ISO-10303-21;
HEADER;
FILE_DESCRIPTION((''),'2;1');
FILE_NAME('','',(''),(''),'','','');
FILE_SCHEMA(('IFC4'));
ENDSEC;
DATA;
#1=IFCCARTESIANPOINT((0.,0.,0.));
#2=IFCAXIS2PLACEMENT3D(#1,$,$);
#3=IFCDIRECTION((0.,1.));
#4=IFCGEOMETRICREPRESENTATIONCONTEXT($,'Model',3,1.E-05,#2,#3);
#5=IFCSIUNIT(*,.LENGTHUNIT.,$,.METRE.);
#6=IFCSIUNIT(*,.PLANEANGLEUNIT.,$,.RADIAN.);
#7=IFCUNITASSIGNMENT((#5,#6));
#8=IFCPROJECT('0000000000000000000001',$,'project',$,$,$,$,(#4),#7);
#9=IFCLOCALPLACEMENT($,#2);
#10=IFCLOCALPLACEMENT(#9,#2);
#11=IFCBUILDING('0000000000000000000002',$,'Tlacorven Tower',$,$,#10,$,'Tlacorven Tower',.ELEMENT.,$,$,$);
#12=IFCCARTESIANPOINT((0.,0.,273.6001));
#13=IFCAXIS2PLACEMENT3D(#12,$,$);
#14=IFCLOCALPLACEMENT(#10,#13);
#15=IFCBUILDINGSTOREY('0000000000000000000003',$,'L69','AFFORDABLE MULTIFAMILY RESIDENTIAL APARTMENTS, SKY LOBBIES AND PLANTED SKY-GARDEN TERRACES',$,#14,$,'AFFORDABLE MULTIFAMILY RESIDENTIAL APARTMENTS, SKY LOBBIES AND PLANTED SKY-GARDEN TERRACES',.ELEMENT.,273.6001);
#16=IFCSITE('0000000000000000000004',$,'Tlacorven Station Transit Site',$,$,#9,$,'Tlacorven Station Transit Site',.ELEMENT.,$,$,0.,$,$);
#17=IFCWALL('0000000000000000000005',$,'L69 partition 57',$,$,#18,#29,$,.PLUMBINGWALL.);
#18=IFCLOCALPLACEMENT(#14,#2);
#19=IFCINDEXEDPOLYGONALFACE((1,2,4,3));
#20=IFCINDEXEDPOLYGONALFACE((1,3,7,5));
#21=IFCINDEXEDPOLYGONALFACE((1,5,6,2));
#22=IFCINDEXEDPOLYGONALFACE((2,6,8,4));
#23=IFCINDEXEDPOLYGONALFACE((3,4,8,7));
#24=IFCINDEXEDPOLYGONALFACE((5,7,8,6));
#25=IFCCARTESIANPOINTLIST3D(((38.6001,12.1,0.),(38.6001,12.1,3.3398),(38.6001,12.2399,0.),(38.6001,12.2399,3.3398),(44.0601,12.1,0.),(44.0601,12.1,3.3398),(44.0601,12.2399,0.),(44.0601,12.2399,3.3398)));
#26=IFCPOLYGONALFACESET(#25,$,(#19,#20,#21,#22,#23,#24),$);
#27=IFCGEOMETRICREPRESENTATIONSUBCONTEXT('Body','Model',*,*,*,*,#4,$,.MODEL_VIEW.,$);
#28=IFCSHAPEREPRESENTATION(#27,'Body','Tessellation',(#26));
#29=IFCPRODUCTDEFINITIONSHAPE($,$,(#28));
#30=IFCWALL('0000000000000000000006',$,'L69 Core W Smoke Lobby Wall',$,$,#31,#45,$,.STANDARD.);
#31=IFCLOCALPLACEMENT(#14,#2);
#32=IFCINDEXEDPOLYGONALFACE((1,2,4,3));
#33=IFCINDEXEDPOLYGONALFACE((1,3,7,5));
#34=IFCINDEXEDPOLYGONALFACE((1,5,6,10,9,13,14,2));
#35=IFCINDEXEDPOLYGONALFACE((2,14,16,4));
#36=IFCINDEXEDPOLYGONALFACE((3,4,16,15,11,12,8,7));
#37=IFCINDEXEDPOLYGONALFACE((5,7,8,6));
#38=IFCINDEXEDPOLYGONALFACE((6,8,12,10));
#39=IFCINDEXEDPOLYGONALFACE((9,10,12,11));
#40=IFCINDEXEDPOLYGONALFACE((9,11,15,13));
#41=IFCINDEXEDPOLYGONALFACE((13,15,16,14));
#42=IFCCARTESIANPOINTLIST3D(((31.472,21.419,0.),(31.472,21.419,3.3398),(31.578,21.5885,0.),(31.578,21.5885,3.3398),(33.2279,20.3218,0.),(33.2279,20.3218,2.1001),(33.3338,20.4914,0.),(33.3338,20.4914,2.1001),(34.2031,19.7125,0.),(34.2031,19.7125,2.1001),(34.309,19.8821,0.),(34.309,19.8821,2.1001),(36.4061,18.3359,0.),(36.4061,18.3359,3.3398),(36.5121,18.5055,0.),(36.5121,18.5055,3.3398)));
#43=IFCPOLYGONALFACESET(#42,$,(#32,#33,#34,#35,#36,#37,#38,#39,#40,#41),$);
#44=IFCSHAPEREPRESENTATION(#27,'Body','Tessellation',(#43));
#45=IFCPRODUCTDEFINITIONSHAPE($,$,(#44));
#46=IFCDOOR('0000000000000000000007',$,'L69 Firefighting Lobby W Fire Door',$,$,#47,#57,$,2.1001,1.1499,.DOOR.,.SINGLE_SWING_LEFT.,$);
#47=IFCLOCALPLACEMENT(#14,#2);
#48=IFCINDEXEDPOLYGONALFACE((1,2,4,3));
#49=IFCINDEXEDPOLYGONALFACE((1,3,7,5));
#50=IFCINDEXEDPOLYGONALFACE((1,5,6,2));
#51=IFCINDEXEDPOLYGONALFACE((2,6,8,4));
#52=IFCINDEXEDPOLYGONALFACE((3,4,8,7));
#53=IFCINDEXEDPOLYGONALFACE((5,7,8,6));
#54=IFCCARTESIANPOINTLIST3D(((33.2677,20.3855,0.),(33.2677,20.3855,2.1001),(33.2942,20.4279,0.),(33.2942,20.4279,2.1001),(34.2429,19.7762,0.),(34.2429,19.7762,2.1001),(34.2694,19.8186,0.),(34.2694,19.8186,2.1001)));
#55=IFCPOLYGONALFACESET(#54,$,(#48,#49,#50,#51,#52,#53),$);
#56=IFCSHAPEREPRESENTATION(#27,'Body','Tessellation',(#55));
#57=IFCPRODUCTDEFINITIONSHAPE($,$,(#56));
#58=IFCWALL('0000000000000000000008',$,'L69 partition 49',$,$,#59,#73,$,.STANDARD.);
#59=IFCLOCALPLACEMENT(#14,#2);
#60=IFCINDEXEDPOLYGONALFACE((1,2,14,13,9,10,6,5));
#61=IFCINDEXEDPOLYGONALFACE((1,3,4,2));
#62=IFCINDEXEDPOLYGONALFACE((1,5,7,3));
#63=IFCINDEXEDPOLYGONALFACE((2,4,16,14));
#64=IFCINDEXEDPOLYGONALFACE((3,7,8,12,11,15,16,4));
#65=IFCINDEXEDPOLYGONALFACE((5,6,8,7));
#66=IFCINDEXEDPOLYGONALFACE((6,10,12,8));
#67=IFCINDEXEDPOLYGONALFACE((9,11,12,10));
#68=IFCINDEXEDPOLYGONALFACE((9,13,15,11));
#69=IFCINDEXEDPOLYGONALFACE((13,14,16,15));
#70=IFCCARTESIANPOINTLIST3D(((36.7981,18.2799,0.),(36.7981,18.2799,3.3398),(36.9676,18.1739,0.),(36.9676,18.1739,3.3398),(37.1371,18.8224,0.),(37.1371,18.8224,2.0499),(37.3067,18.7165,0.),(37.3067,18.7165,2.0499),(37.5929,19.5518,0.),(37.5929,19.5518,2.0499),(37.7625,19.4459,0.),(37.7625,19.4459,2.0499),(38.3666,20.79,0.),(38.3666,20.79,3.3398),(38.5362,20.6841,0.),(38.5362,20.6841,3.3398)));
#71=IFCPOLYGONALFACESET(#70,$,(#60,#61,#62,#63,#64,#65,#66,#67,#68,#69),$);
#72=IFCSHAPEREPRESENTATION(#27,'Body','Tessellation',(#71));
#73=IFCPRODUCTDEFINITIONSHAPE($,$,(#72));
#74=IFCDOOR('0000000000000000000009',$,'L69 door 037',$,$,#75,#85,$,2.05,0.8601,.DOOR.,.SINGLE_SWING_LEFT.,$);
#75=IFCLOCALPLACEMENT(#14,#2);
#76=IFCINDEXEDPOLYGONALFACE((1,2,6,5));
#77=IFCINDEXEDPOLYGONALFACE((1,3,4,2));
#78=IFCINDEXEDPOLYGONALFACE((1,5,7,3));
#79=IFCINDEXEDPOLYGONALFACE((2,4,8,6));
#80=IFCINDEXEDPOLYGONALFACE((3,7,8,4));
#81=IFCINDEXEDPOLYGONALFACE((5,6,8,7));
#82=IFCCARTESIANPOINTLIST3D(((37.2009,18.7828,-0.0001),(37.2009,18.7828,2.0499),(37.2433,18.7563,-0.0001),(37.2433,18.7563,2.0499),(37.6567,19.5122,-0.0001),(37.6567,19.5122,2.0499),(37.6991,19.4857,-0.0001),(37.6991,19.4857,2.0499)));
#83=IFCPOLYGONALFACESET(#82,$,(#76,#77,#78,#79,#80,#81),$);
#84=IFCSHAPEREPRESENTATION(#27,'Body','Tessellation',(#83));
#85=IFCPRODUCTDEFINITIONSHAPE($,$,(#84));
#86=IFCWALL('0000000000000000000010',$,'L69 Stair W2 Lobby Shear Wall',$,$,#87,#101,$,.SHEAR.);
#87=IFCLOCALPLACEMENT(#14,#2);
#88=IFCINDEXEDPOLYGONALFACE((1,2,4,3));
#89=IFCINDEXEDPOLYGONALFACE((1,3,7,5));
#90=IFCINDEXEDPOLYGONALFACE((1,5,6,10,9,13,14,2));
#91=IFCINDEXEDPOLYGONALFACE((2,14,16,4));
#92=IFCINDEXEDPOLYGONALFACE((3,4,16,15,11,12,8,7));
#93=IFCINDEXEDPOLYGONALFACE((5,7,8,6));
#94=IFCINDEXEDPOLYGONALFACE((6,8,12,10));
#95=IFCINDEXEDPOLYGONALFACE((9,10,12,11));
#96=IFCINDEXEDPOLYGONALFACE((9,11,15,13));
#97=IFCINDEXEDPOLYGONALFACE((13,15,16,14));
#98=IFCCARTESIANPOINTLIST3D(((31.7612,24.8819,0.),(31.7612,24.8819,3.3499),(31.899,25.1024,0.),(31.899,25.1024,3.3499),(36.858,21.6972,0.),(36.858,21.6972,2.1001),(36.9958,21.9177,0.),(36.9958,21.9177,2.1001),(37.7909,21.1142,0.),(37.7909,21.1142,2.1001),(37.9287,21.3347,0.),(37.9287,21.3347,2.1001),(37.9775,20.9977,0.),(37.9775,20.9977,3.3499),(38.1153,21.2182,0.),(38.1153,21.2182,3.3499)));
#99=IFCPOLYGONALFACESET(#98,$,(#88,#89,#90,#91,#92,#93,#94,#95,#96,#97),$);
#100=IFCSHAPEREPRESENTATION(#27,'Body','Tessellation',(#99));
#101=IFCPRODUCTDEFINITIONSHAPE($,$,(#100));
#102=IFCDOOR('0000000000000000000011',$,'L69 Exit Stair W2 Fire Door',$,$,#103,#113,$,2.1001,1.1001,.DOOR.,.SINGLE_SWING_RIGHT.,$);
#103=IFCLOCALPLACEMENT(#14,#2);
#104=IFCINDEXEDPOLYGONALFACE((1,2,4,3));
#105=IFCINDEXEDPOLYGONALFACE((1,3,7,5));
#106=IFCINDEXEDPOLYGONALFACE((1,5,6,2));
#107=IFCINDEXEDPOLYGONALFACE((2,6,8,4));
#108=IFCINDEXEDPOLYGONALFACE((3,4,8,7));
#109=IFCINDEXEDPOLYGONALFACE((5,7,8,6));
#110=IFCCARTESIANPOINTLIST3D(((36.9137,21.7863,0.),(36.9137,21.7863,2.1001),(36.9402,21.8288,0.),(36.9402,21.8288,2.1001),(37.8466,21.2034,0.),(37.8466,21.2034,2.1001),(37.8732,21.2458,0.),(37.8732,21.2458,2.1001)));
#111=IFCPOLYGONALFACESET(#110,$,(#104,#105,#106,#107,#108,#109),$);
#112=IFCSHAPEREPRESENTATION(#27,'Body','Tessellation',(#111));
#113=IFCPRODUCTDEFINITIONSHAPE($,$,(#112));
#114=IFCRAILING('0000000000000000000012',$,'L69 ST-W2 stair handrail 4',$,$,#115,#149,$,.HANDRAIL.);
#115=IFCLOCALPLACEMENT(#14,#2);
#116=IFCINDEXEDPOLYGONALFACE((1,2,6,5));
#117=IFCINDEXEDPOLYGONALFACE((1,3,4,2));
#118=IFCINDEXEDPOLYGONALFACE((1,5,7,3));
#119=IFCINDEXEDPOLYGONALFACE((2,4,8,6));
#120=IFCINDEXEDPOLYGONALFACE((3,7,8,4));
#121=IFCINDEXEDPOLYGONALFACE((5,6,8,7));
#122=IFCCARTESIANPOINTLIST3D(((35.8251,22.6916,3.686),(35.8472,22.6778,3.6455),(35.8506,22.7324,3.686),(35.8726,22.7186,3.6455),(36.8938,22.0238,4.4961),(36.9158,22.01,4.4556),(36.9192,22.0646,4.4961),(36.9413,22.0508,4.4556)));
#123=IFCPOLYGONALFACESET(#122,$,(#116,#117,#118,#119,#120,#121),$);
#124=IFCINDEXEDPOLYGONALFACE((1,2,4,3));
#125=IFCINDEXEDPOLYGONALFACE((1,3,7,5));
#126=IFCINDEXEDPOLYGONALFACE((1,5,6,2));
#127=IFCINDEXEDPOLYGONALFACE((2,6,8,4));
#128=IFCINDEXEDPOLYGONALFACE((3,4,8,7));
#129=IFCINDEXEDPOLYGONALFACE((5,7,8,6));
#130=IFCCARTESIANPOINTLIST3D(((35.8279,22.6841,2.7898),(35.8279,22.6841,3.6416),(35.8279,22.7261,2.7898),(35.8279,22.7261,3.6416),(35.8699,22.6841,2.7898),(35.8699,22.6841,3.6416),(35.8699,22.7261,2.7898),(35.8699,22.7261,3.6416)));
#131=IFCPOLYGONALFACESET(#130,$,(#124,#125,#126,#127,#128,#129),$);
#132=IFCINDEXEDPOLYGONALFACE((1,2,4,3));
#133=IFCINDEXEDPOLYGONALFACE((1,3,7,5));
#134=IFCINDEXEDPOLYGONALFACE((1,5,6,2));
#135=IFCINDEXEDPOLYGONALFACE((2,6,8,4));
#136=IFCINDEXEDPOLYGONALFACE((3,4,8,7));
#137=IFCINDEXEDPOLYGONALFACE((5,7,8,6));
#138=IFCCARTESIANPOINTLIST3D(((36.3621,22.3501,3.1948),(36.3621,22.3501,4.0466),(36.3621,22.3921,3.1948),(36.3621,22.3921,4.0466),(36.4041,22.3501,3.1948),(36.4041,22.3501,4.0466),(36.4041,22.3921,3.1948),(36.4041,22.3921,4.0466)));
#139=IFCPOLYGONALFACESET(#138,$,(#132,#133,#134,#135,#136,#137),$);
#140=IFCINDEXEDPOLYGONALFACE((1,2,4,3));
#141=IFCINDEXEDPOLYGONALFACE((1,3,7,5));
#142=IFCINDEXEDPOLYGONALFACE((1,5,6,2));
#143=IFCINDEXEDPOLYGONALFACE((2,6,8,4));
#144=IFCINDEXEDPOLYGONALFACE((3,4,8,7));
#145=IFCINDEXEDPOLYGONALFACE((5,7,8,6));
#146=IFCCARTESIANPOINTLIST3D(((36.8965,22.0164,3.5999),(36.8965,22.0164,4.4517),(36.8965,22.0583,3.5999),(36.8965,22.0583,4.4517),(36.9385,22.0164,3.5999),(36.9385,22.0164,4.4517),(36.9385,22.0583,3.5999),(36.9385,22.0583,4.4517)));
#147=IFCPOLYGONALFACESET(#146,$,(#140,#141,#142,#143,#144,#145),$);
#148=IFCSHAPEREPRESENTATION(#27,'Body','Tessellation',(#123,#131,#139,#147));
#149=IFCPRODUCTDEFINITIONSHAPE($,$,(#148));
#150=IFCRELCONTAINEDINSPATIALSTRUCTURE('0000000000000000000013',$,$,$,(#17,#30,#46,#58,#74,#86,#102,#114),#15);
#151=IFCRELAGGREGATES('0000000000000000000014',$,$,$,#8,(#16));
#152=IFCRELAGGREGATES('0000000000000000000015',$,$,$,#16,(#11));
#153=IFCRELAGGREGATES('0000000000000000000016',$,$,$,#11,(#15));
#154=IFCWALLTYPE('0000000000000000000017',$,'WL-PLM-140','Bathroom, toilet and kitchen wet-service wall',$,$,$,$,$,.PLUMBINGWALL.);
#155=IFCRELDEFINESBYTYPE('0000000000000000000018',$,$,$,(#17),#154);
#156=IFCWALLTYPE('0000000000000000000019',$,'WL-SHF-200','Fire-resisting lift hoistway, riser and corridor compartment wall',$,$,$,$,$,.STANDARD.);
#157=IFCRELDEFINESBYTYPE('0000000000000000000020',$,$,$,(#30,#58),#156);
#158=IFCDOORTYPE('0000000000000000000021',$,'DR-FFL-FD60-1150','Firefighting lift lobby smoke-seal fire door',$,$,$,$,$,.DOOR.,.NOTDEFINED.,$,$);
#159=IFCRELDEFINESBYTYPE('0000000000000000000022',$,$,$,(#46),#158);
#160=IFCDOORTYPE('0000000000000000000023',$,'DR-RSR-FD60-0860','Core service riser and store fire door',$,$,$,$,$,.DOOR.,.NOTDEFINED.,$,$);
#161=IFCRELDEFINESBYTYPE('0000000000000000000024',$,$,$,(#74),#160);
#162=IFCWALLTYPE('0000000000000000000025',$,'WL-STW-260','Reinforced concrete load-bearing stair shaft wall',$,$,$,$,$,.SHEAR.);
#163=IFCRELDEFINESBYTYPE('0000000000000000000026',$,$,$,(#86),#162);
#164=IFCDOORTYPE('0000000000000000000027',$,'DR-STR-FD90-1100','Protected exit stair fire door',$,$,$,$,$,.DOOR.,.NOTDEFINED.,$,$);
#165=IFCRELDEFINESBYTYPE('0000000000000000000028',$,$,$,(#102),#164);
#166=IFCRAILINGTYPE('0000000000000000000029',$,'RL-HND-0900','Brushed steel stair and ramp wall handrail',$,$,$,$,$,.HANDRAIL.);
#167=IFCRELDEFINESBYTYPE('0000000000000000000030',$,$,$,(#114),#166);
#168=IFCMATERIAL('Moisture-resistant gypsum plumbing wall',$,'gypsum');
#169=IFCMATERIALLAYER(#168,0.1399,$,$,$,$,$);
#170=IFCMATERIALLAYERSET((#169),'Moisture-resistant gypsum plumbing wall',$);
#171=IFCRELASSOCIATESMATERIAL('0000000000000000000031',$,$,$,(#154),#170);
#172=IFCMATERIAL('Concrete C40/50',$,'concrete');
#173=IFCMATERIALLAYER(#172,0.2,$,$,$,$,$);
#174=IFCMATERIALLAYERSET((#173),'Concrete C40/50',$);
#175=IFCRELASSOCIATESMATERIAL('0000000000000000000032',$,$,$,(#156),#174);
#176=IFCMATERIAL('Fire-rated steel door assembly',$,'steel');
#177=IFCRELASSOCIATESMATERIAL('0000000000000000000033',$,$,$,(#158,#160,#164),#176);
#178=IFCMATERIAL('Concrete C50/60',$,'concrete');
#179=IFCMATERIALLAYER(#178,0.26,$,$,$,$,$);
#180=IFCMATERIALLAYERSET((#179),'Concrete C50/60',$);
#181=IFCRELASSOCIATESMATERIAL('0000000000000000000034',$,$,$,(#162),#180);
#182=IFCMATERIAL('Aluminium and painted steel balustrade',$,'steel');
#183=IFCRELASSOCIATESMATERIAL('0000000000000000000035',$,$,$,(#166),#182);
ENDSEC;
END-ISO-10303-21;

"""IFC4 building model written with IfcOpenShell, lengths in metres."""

from ifc_helpers import new_model, si_unit, direction, frame, frame_2d, origin, origin_2d, place, context, subcontext, project, spatial, rectangle, extrude, source, transform, mapped, material, layer, layer_set, type_object, element, fill, save


model = new_model("IFC4")

# Units and contexts
model_context = context("Model", 3, precision=1e-05, world=origin(), true_north=direction((0.0, 1.0)))
body_context = subcontext(model_context, "Body", "Model", "MODEL_VIEW")
ifc_project = project(units=[si_unit("LENGTHUNIT", "METRE"), si_unit("PLANEANGLEUNIT", "RADIAN")], contexts=[model_context])

# Site, building, storey
site_placement = place(None, origin())
site = spatial("IfcSite", under=ifc_project, at=site_placement, Name="Tlacorven Station Transit Site", LongName="Tlacorven Station Transit Site", CompositionType="ELEMENT", RefElevation=0.0)
building_placement = place(site_placement, origin())
building = spatial("IfcBuilding", under=site, at=building_placement, Name="Tlacorven Tower", LongName="Tlacorven Tower", CompositionType="ELEMENT")
storey_placement = place(building_placement, frame((0.0, 0.0, 273.6001)))
storey = spatial("IfcBuildingStorey", under=building, at=storey_placement, Name="L69", Description="AFFORDABLE MULTIFAMILY RESIDENTIAL APARTMENTS, SKY LOBBIES AND PLANTED SKY-GARDEN TERRACES", LongName="AFFORDABLE MULTIFAMILY RESIDENTIAL APARTMENTS, SKY LOBBIES AND PLANTED SKY-GARDEN TERRACES", CompositionType="ELEMENT", Elevation=273.6001)

# Shared definitions
ifc_material_1 = material(Name="Concrete C50/60", Category="concrete")

# Shared definitions
ifc_material_2 = material(Name="Fire-rated steel door assembly", Category="steel")

# Wall
ifc_material_3 = material(Name="Moisture-resistant gypsum plumbing wall", Category="gypsum")
ifc_layer_1 = layer(ifc_material_3, 0.1399)
ifc_layer_set_1 = layer_set([ifc_layer_1], Name="Moisture-resistant gypsum plumbing wall")
wall_type_1 = type_object("IfcWallType", Name="WL-PLM-140", Description="Bathroom, toilet and kitchen wet-service wall", PredefinedType="PLUMBINGWALL", material=ifc_layer_set_1)
wall_1_placement = place(storey_placement, frame((38.6001, 12.1699, 0.0), z_axis=(0.0, 0.0, 1.0), x_axis=(1.0, 0.0, 0.0)))
element("IfcWall", 1, at=wall_1_placement, inside=storey, type_object=wall_type_1, Name="L69 partition 57", PredefinedType="PLUMBINGWALL", context=body_context, shape_type="SweptSolid", body=[
    extrude(rectangle(XDim=5.46, YDim=0.1399, at=frame_2d((2.73, 0.0))), origin(), (0.0, 0.0, 1.0), 3.3398),
])

# Walls, openings, doors
ifc_material_4 = material(Name="Concrete C40/50", Category="concrete")
ifc_layer_2 = layer(ifc_material_4, 0.2)
ifc_layer_set_2 = layer_set([ifc_layer_2], Name="Concrete C40/50")
wall_type_2 = type_object("IfcWallType", Name="WL-SHF-200", Description="Fire-resisting lift hoistway, riser and corridor compartment wall", PredefinedType="STANDARD", material=ifc_layer_set_2)
wall_2_placement = place(storey_placement, frame((36.4592, 18.4207, 0.0), z_axis=(0.0, 0.0, 1.0), x_axis=(-0.84806, 0.529901, 0.0)))
wall_2 = element("IfcWall", 2, at=wall_2_placement, inside=storey, type_object=wall_type_2, Name="L69 Core W Smoke Lobby Wall", PredefinedType="STANDARD", context=body_context, shape_type="SweptSolid", body=[
    extrude(rectangle(XDim=5.8181, YDim=0.2, at=frame_2d((2.9092, 0.0))), origin(), (0.0, 0.0, 1.0), 3.3398),
])
opening_1_placement = place(wall_2_placement, frame((2.5979, 0.0, 0.0)))
opening_1 = element("IfcOpeningElement", 3, at=opening_1_placement, cuts=wall_2, PredefinedType="OPENING", context=body_context, shape_type="SweptSolid", body=[
    extrude(rectangle(XDim=1.1499, YDim=2.1001, at=frame_2d((0.575, 1.05))), frame((0.0, 0.1099, 0.0), z_axis=(0.0, -1.0, 0.0), x_axis=(1.0, 0.0, 0.0)), (0.0, 0.0, 1.0), 0.22),
])
door_type_1 = type_object("IfcDoorType", Name="DR-FFL-FD60-1150", Description="Firefighting lift lobby smoke-seal fire door", OperationType="NOTDEFINED", PredefinedType="DOOR", material=ifc_material_2)
shared_shape_1 = source(origin(), body_context, "Body", "SweptSolid", [
    extrude(rectangle(XDim=1.1499, YDim=2.1001, at=frame_2d((0.575, 1.05))), frame((0.0, 0.0249, 0.0), z_axis=(0.0, -1.0, 0.0), x_axis=(1.0, 0.0, 0.0)), (0.0, 0.0, 1.0), 0.05),
])
door_1_placement = place(opening_1_placement, origin())
door_1 = element("IfcDoor", 4, at=door_1_placement, inside=storey, type_object=door_type_1, Name="L69 Firefighting Lobby W Fire Door", OperationType="SINGLE_SWING_LEFT", OverallHeight=2.1001, OverallWidth=1.1499, PredefinedType="DOOR", context=body_context, shape_type="MappedRepresentation", body=[
    mapped(shared_shape_1, transform((0.0, 0.0, 0.0), scale=1.0)),
])
fill(opening_1, door_1)
wall_3_placement = place(storey_placement, frame((38.4514, 20.7371, 0.0), z_axis=(0.0, 0.0, 1.0), x_axis=(-0.529925, -0.848045, 0.0)))
wall_3 = element("IfcWall", 5, at=wall_3_placement, inside=storey, type_object=wall_type_2, Name="L69 partition 49", PredefinedType="STANDARD", context=body_context, shape_type="SweptSolid", body=[
    extrude(rectangle(XDim=2.96, YDim=0.2, at=frame_2d((1.48, 0.0))), origin(), (0.0, 0.0, 1.0), 3.3398),
])
opening_2_placement = place(wall_3_placement, frame((1.46, 0.0, 0.0)))
opening_2 = element("IfcOpeningElement", 6, at=opening_2_placement, cuts=wall_3, PredefinedType="OPENING", context=body_context, shape_type="SweptSolid", body=[
    extrude(rectangle(XDim=0.8601, YDim=2.05, at=frame_2d((0.4302, 1.0249))), frame((0.0, 0.1099, 0.0), z_axis=(0.0, -1.0, 0.0), x_axis=(1.0, 0.0, 0.0)), (0.0, 0.0, 1.0), 0.22),
])
door_type_2 = type_object("IfcDoorType", Name="DR-RSR-FD60-0860", Description="Core service riser and store fire door", OperationType="NOTDEFINED", PredefinedType="DOOR", material=ifc_material_2)
shared_shape_2 = source(origin(), body_context, "Body", "SweptSolid", [
    extrude(rectangle(XDim=0.8601, YDim=2.05, at=frame_2d((0.4302, 1.0249))), frame((0.0, 0.0249, 0.0), z_axis=(0.0, -1.0, 0.0), x_axis=(1.0, 0.0, 0.0)), (0.0, 0.0, 1.0), 0.05),
])
door_2_placement = place(opening_2_placement, frame((0.8601, 0.0, 0.0), z_axis=(0.0, 0.0, 1.0), x_axis=(-1.0, 0.0, 0.0)))
door_2 = element("IfcDoor", 7, at=door_2_placement, inside=storey, type_object=door_type_2, Name="L69 door 037", OperationType="SINGLE_SWING_LEFT", OverallHeight=2.05, OverallWidth=0.8601, PredefinedType="DOOR", context=body_context, shape_type="MappedRepresentation", body=[
    mapped(shared_shape_2, transform((0.0, 0.0, 0.0), scale=1.0)),
])
fill(opening_2, door_2)
ifc_layer_3 = layer(ifc_material_1, 0.26)
ifc_layer_set_3 = layer_set([ifc_layer_3], Name="Concrete C50/60")
wall_type_3 = type_object("IfcWallType", Name="WL-STW-260", Description="Reinforced concrete load-bearing stair shaft wall", PredefinedType="SHEAR", material=ifc_layer_set_3)
wall_4_placement = place(storey_placement, frame((38.0464, 21.1079, 0.0), z_axis=(0.0, 0.0, 1.0), x_axis=(-0.848054, 0.529909, 0.0)))
wall_4 = element("IfcWall", 8, at=wall_4_placement, inside=storey, type_object=wall_type_3, Name="L69 Stair W2 Lobby Shear Wall", PredefinedType="SHEAR", context=body_context, shape_type="SweptSolid", body=[
    extrude(rectangle(XDim=7.3301, YDim=0.26, at=frame_2d((3.665, 0.0))), origin(), (0.0, 0.0, 1.0), 3.3499),
])
opening_3_placement = place(wall_4_placement, frame((0.22, 0.0, 0.0)))
opening_3 = element("IfcOpeningElement", 9, at=opening_3_placement, cuts=wall_4, PredefinedType="OPENING", context=body_context, shape_type="SweptSolid", body=[
    extrude(rectangle(XDim=1.1001, YDim=2.1001, at=frame_2d((0.55, 1.05))), frame((0.0, 0.1401, 0.0), z_axis=(0.0, -1.0, 0.0), x_axis=(1.0, 0.0, 0.0)), (0.0, 0.0, 1.0), 0.28),
])
door_type_3 = type_object("IfcDoorType", Name="DR-STR-FD90-1100", Description="Protected exit stair fire door", OperationType="NOTDEFINED", PredefinedType="DOOR", material=ifc_material_2)
shared_shape_3 = source(origin(), body_context, "Body", "SweptSolid", [
    extrude(rectangle(XDim=1.1001, YDim=2.1001, at=frame_2d((0.55, 1.05))), frame((0.0, 0.0249, 0.0), z_axis=(0.0, -1.0, 0.0), x_axis=(1.0, 0.0, 0.0)), (0.0, 0.0, 1.0), 0.05),
])
door_3_placement = place(opening_3_placement, origin())
door_3 = element("IfcDoor", 10, at=door_3_placement, inside=storey, type_object=door_type_3, Name="L69 Exit Stair W2 Fire Door", OperationType="SINGLE_SWING_RIGHT", OverallHeight=2.1001, OverallWidth=1.1001, PredefinedType="DOOR", context=body_context, shape_type="MappedRepresentation", body=[
    mapped(shared_shape_3, transform((0.0, 0.0, 0.0), scale=1.0)),
])
fill(opening_3, door_3)

# Railing
ifc_material_5 = material(Name="Aluminium and painted steel balustrade", Category="steel")
railing_type = type_object("IfcRailingType", Name="RL-HND-0900", Description="Brushed steel stair and ramp wall handrail", PredefinedType="HANDRAIL", material=ifc_material_5)
shared_shape_4 = source(origin(), body_context, "Body", "SweptSolid", [
    extrude(rectangle(XDim=0.0481, YDim=0.0481, at=origin_2d()), frame((0.0, 0.0, 0.876), z_axis=(0.71336, -0.445748, 0.540765), x_axis=(0.529912, 0.848053, 0.0)), (0.0, 0.0, 1.0), 1.498),
    extrude(rectangle(XDim=0.042, YDim=0.042, at=origin_2d()), origin(), (0.0, 0.0, 1.0), 0.8518),
    extrude(rectangle(XDim=0.042, YDim=0.042, at=origin_2d()), frame((0.5342, -0.334, 0.405)), (0.0, 0.0, 1.0), 0.8518),
    extrude(rectangle(XDim=0.042, YDim=0.042, at=origin_2d()), frame((1.0686, -0.6677, 0.8101)), (0.0, 0.0, 1.0), 0.8518),
])
railing_placement = place(storey_placement, frame((35.8489, 22.7051, 2.7898)))
element("IfcRailing", 11, at=railing_placement, inside=storey, type_object=railing_type, Name="L69 ST-W2 stair handrail 4", PredefinedType="HANDRAIL", context=body_context, shape_type="MappedRepresentation", body=[
    mapped(shared_shape_4, transform((0.0, 0.0, 0.0), scale=1.0)),
])

save(model, "model.ifc")
